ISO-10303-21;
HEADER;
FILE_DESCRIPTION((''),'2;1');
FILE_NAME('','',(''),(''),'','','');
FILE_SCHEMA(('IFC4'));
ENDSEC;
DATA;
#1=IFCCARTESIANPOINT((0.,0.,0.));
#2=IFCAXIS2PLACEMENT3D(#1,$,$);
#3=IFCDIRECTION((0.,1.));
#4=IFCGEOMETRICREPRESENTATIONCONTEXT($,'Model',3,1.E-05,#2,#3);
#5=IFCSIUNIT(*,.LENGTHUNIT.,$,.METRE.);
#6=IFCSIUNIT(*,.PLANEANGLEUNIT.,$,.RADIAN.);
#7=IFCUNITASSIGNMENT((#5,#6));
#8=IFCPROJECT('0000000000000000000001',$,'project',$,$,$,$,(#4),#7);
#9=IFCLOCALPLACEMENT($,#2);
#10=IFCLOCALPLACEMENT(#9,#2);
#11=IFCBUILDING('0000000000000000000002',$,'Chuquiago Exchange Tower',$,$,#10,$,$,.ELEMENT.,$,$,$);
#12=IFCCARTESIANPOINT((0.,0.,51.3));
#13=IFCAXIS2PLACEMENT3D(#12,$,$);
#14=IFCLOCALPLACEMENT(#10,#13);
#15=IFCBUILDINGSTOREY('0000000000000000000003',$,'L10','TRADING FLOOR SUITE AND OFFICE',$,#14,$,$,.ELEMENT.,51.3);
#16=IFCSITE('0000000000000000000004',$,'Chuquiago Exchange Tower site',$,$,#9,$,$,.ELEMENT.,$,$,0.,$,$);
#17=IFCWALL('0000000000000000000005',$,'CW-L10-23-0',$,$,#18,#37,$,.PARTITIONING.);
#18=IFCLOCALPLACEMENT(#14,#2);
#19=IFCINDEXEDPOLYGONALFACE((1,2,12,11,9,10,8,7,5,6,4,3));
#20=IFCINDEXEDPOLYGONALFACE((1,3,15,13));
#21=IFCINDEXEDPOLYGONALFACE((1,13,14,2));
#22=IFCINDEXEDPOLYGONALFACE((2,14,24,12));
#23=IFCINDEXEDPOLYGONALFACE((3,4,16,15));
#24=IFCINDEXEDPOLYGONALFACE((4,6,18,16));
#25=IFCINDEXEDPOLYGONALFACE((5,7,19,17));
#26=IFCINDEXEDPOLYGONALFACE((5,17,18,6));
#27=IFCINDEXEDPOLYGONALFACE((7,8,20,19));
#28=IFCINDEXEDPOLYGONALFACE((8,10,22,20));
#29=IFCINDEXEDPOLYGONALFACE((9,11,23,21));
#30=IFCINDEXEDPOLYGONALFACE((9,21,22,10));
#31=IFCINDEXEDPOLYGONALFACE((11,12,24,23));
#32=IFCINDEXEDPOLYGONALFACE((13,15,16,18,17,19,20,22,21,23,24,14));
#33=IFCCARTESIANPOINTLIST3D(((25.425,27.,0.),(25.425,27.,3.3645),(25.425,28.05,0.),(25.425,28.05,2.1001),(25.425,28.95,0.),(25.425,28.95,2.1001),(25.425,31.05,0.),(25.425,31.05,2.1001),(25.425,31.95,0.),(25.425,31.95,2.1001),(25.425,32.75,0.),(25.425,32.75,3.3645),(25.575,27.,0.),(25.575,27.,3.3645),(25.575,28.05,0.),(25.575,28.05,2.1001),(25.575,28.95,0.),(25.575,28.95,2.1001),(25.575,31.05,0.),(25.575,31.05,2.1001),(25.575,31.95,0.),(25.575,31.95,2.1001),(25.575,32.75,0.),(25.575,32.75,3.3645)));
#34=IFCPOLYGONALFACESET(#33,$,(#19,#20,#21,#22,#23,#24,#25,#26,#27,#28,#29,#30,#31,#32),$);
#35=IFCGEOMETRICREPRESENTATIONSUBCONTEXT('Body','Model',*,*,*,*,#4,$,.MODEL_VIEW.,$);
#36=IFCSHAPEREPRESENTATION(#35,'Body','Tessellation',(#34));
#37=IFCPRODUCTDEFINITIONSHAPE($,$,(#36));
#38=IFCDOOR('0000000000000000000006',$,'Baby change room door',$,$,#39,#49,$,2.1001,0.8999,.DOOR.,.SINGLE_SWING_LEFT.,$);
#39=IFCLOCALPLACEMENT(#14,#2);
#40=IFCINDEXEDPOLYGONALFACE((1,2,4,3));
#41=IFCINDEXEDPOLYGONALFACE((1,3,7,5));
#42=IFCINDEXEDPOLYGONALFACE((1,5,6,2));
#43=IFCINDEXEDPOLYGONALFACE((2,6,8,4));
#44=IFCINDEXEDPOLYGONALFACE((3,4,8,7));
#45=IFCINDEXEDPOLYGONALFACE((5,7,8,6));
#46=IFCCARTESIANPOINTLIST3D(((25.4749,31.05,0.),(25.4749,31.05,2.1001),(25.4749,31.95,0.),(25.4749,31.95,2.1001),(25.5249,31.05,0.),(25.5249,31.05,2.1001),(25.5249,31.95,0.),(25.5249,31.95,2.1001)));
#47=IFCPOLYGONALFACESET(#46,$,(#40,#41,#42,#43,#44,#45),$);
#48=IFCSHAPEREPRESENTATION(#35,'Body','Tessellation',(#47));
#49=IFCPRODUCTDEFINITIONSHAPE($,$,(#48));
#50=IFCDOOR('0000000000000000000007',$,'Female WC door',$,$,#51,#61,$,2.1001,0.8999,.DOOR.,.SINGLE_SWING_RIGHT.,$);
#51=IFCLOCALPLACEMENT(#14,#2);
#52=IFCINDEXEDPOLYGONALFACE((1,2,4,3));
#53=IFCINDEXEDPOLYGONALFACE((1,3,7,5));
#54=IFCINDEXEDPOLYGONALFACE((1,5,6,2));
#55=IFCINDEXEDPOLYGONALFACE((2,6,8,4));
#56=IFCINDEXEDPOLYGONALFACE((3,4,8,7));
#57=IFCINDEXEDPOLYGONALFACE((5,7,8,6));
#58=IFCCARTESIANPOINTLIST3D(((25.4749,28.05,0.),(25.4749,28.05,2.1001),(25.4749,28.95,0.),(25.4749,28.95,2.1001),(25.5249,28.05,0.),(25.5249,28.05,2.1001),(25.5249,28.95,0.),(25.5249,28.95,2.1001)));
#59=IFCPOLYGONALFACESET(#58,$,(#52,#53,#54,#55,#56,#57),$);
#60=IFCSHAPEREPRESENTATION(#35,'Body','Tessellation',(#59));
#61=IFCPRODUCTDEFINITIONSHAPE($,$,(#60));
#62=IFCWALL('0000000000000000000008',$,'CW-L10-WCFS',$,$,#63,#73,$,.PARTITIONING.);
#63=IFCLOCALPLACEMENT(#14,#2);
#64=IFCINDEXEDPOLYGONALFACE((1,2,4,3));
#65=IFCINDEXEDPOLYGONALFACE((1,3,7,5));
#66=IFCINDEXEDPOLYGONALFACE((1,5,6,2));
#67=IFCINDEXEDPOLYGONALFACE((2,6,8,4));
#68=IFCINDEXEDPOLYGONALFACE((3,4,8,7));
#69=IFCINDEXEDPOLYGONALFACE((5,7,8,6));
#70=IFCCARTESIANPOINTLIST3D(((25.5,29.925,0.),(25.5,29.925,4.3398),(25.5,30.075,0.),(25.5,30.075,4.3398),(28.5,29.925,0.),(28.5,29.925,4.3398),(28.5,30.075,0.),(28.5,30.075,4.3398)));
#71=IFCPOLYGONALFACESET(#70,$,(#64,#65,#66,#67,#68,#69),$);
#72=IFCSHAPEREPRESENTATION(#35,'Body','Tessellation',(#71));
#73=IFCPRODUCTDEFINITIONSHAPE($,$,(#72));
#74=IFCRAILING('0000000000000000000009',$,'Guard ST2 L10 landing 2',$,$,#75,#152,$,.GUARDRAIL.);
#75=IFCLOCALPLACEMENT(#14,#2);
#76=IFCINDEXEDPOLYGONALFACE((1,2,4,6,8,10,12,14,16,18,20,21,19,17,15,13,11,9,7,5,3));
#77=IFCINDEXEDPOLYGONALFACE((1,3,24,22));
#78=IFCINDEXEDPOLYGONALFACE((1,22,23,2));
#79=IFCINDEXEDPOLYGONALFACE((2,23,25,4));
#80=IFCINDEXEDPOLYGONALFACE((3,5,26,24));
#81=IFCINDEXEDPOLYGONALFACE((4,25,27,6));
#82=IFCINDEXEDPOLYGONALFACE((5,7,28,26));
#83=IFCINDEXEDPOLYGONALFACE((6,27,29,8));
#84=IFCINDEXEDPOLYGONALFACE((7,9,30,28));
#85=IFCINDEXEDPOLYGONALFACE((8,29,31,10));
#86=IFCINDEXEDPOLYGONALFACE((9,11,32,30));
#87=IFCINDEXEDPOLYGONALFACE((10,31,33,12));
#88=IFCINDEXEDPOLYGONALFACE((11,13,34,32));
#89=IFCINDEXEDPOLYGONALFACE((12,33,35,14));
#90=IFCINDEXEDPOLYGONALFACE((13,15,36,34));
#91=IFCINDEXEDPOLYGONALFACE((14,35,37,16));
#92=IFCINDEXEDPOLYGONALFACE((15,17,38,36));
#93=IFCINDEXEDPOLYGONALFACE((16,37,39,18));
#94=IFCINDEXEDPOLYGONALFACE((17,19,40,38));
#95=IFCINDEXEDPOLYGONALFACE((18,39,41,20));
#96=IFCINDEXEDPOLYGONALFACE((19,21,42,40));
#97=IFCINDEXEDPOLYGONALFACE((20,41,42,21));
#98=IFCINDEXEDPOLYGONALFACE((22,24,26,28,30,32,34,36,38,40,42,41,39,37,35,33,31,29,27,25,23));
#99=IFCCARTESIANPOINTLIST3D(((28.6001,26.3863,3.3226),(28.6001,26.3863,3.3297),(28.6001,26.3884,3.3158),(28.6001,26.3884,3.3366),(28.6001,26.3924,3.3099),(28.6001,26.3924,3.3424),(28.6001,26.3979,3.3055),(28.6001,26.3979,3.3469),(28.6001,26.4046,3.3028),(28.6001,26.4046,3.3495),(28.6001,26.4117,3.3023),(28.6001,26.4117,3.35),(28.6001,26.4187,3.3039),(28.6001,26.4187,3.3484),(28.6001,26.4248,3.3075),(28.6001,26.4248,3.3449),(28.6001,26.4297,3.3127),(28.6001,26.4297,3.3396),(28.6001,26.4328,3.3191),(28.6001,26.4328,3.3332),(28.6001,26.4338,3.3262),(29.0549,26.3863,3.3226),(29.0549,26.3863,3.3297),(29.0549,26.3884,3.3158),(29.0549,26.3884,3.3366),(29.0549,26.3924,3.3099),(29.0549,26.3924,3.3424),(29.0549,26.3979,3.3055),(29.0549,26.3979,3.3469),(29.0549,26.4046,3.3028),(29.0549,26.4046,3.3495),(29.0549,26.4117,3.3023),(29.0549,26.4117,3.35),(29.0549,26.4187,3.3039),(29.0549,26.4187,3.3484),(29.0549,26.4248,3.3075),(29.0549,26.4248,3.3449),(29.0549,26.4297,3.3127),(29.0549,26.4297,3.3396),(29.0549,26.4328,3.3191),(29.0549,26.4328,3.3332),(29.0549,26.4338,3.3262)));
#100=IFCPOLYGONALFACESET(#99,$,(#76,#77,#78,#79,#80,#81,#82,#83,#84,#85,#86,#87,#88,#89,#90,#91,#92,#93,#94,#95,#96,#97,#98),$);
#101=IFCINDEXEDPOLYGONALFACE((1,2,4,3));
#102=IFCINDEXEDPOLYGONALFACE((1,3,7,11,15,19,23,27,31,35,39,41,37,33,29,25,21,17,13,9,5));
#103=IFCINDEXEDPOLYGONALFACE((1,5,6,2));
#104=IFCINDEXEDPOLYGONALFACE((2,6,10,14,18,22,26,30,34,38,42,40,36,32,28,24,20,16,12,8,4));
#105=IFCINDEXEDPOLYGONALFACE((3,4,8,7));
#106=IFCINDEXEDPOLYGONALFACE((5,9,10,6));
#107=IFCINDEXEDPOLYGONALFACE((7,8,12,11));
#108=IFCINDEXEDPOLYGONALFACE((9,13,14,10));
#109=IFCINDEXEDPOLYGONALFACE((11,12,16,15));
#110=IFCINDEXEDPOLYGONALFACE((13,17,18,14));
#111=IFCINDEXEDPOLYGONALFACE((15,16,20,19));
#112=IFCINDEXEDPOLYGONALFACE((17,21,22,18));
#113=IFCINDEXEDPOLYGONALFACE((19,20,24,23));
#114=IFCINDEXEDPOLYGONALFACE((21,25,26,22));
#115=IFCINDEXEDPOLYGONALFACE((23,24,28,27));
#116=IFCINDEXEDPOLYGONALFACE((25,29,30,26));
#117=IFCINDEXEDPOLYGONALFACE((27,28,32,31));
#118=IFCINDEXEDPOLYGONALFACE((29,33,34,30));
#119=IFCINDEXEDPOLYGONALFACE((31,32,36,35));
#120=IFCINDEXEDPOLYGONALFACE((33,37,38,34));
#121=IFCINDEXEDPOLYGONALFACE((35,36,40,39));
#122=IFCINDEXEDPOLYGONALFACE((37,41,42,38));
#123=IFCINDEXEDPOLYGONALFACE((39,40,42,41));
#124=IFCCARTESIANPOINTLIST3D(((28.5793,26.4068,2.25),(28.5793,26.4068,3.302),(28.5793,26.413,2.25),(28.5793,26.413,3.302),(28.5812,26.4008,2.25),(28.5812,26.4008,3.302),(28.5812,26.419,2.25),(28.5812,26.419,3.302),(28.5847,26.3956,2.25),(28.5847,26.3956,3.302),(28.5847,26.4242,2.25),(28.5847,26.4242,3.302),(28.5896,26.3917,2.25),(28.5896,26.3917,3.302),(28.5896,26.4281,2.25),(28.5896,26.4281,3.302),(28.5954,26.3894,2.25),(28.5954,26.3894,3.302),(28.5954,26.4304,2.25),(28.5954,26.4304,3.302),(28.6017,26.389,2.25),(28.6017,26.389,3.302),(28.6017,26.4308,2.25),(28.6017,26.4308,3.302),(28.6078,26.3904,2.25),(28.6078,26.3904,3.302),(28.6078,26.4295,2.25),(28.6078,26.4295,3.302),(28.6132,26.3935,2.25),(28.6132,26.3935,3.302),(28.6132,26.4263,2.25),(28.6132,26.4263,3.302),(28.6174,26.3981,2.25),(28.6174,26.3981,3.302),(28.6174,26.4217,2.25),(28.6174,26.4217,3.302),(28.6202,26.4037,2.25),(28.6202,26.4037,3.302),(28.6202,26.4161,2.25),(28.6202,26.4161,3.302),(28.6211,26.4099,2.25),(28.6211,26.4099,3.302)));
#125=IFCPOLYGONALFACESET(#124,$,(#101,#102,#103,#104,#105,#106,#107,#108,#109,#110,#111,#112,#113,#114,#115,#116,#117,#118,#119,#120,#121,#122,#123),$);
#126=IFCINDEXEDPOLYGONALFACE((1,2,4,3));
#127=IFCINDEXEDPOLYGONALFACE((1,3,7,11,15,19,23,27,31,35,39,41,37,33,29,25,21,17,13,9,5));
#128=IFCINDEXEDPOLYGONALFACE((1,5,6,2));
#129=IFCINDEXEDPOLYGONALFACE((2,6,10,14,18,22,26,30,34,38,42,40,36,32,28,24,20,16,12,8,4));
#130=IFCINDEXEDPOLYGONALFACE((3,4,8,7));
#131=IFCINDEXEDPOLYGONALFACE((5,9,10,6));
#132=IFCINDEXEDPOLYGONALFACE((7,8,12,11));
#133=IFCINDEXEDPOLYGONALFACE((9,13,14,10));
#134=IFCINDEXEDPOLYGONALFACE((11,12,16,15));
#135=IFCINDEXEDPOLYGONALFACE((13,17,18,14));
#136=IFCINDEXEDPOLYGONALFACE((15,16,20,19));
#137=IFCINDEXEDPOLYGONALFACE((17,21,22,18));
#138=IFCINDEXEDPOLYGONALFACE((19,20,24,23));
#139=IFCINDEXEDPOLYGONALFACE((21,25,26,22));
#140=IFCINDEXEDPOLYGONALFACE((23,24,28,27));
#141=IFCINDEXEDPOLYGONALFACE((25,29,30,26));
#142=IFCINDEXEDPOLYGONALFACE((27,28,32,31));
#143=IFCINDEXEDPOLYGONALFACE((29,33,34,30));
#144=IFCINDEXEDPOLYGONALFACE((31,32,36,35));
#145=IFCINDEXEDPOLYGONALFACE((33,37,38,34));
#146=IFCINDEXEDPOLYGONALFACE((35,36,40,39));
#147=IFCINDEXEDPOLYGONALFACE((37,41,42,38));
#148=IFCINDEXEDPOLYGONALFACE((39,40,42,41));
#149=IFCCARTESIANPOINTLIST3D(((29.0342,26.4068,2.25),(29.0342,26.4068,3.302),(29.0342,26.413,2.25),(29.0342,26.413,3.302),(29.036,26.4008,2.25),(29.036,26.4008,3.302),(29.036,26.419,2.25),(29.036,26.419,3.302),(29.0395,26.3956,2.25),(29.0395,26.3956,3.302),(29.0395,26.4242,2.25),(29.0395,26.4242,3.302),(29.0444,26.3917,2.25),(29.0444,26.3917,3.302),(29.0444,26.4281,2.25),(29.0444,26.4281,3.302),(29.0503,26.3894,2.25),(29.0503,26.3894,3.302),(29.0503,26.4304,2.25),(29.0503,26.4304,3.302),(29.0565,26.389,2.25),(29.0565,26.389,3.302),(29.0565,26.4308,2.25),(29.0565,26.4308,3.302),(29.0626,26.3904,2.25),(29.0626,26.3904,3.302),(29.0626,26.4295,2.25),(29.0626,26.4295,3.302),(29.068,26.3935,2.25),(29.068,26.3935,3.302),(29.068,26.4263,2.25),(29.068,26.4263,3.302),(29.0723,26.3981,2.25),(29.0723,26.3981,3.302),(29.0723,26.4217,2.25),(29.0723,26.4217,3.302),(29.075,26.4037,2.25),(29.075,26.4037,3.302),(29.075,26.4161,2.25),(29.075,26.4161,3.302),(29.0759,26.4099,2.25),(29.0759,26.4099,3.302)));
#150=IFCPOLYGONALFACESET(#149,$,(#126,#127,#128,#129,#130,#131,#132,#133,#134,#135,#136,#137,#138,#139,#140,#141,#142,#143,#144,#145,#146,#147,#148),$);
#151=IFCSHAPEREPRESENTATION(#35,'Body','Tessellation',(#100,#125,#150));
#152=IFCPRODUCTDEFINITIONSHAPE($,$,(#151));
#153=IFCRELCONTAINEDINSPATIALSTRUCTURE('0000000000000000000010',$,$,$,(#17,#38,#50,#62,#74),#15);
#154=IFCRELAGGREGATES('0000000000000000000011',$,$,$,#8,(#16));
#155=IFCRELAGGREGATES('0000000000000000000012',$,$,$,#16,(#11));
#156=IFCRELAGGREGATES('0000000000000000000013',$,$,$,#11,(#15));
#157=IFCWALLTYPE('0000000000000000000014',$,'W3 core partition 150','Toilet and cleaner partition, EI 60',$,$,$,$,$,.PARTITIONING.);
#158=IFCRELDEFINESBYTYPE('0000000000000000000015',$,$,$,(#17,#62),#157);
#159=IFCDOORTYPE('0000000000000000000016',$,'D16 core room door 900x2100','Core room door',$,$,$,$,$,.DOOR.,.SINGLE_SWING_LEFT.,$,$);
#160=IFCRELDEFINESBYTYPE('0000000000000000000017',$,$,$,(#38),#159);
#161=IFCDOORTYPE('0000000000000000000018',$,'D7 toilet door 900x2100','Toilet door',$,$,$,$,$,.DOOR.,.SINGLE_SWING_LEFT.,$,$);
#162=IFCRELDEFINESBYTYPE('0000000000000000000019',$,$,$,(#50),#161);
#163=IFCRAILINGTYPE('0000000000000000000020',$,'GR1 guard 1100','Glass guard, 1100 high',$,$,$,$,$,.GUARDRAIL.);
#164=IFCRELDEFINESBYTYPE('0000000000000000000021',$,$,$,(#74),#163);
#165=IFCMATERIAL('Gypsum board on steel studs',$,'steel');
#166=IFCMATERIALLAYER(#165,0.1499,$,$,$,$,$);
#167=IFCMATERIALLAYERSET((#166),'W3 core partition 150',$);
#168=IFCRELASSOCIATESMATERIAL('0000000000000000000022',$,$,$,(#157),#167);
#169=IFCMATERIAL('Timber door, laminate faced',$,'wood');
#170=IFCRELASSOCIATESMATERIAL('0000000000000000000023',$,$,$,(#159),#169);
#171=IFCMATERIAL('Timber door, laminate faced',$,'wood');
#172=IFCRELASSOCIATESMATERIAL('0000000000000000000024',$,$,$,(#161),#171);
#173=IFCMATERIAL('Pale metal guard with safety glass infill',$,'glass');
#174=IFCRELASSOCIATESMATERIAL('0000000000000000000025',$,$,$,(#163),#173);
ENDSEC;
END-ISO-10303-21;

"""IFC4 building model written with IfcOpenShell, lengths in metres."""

from ifc_helpers import new_model, si_unit, direction, frame, frame_2d, origin, origin_2d, place, context, subcontext, project, spatial, rectangle, circle, extrude, material, layer, layer_set, type_object, element, fill, save


model = new_model("IFC4")

# Units and contexts
model_context = context("Model", 3, precision=1e-05, world=origin(), true_north=direction((0.0, 1.0)))
body_context = subcontext(model_context, "Body", "Model", "MODEL_VIEW")
ifc_project = project(units=[si_unit("LENGTHUNIT", "METRE"), si_unit("PLANEANGLEUNIT", "RADIAN")], contexts=[model_context])

# Site, building, storey
site_placement = place(None, origin())
site = spatial("IfcSite", under=ifc_project, at=site_placement, Name="Chuquiago Exchange Tower site", CompositionType="ELEMENT", RefElevation=0.0)
building_placement = place(site_placement, origin())
building = spatial("IfcBuilding", under=site, at=building_placement, Name="Chuquiago Exchange Tower", CompositionType="ELEMENT")
storey_placement = place(building_placement, frame((0.0, 0.0, 51.3)))
storey = spatial("IfcBuildingStorey", under=building, at=storey_placement, Name="L10", Description="TRADING FLOOR SUITE AND OFFICE", CompositionType="ELEMENT", Elevation=51.3)

# Wall, openings, doors
ifc_material_1 = material(Name="Gypsum board on steel studs", Category="steel")
ifc_layer_1 = layer(ifc_material_1, 0.1499)
ifc_layer_set_1 = layer_set([ifc_layer_1], Name="W3 core partition 150")
wall_type_1 = type_object("IfcWallType", Name="W3 core partition 150", Description="Toilet and cleaner partition, EI 60", PredefinedType="PARTITIONING", material=ifc_layer_set_1)
ifc_material_2 = material(Name="Timber door, laminate faced", Category="wood")
door_type_1 = type_object("IfcDoorType", Name="D16 core room door 900x2100", Description="Core room door", OperationType="SINGLE_SWING_LEFT", PredefinedType="DOOR", material=ifc_material_2)
ifc_material_3 = material(Name="Timber door, laminate faced", Category="wood")
door_type_2 = type_object("IfcDoorType", Name="D7 toilet door 900x2100", Description="Toilet door", OperationType="SINGLE_SWING_LEFT", PredefinedType="DOOR", material=ifc_material_3)
wall_1_placement = place(storey_placement, frame((25.5, 27.0, 0.0), z_axis=(0.0, 0.0, 1.0), x_axis=(0.0, 1.0, 0.0)))
wall_1 = element("IfcWall", 1, at=wall_1_placement, inside=storey, type_object=wall_type_1, Name="CW-L10-23-0", PredefinedType="PARTITIONING", context=body_context, shape_type="SweptSolid", body=[
    extrude(rectangle(XDim=5.75, YDim=0.1499, at=frame_2d((2.875, 0.0))), origin(), (0.0, 0.0, 1.0), 3.3645),
])
opening_1_placement = place(wall_1_placement, frame((1.05, 0.0, 0.0)))
opening_1 = element("IfcOpeningElement", 2, at=opening_1_placement, cuts=wall_1, PredefinedType="OPENING", context=body_context, shape_type="SweptSolid", body=[
    extrude(rectangle(XDim=0.8999, YDim=2.1001, at=frame_2d((0.45, 1.05))), frame((0.0, 0.085, 0.0), z_axis=(0.0, -1.0, 0.0), x_axis=(1.0, 0.0, 0.0)), (0.0, 0.0, 1.0), 0.1699),
])
opening_2_placement = place(wall_1_placement, frame((4.05, 0.0, 0.0)))
opening_2 = element("IfcOpeningElement", 3, at=opening_2_placement, cuts=wall_1, PredefinedType="OPENING", context=body_context, shape_type="SweptSolid", body=[
    extrude(rectangle(XDim=0.8999, YDim=2.1001, at=frame_2d((0.45, 1.05))), frame((0.0, 0.085, 0.0), z_axis=(0.0, -1.0, 0.0), x_axis=(1.0, 0.0, 0.0)), (0.0, 0.0, 1.0), 0.1699),
])
door_1_placement = place(opening_2_placement, frame((0.8999, 0.0, 0.0), z_axis=(0.0, 0.0, 1.0), x_axis=(-1.0, 0.0, 0.0)))
door_1 = element("IfcDoor", 4, at=door_1_placement, inside=storey, type_object=door_type_1, Name="Baby change room door", OperationType="SINGLE_SWING_LEFT", OverallHeight=2.1001, OverallWidth=0.8999, PredefinedType="DOOR", context=body_context, shape_type="SweptSolid", body=[
    extrude(rectangle(XDim=0.8999, YDim=2.1001, at=frame_2d((0.45, 1.05))), frame((0.0, 0.0249, 0.0), z_axis=(0.0, -1.0, 0.0), x_axis=(1.0, 0.0, 0.0)), (0.0, 0.0, 1.0), 0.05),
])
fill(opening_2, door_1)
door_2_placement = place(opening_1_placement, frame((0.8999, 0.0, 0.0), z_axis=(0.0, 0.0, 1.0), x_axis=(-1.0, 0.0, 0.0)))
door_2 = element("IfcDoor", 5, at=door_2_placement, inside=storey, type_object=door_type_2, Name="Female WC door", OperationType="SINGLE_SWING_RIGHT", OverallHeight=2.1001, OverallWidth=0.8999, PredefinedType="DOOR", context=body_context, shape_type="SweptSolid", body=[
    extrude(rectangle(XDim=0.8999, YDim=2.1001, at=frame_2d((0.45, 1.05))), frame((0.0, 0.0249, 0.0), z_axis=(0.0, -1.0, 0.0), x_axis=(1.0, 0.0, 0.0)), (0.0, 0.0, 1.0), 0.05),
])
fill(opening_1, door_2)

# Wall
wall_2_placement = place(storey_placement, frame((25.5, 30.0, 0.0), z_axis=(0.0, 0.0, 1.0), x_axis=(1.0, 0.0, 0.0)))
element("IfcWall", 6, at=wall_2_placement, inside=storey, type_object=wall_type_1, Name="CW-L10-WCFS", PredefinedType="PARTITIONING", context=body_context, shape_type="SweptSolid", body=[
    extrude(rectangle(XDim=3.0, YDim=0.1499, at=frame_2d((1.5, 0.0))), origin(), (0.0, 0.0, 1.0), 4.3398),
])

# Railing
ifc_material_4 = material(Name="Pale metal guard with safety glass infill", Category="glass")
railing_type = type_object("IfcRailingType", Name="GR1 guard 1100", Description="Glass guard, 1100 high", PredefinedType="GUARDRAIL", material=ifc_material_4)
railing_placement = place(storey_placement, frame((28.6001, 26.4099, 2.25)))
element("IfcRailing", 7, at=railing_placement, inside=storey, type_object=railing_type, Name="Guard ST2 L10 landing 2", PredefinedType="GUARDRAIL", context=body_context, shape_type="SweptSolid", body=[
    extrude(circle(Radius=0.0239, at=origin_2d()), frame((0.0, 0.0, 1.0762), z_axis=(1.0, 0.0, 0.0), x_axis=(0.0, 1.0, 0.0)), (0.0, 0.0, 1.0), 0.4548),
    extrude(circle(Radius=0.021, at=origin_2d()), origin(), (0.0, 0.0, 1.0), 1.052),
    extrude(circle(Radius=0.021, at=origin_2d()), frame((0.4548, 0.0, 0.0)), (0.0, 0.0, 1.0), 1.052),
])

save(model, "model.ifc")
